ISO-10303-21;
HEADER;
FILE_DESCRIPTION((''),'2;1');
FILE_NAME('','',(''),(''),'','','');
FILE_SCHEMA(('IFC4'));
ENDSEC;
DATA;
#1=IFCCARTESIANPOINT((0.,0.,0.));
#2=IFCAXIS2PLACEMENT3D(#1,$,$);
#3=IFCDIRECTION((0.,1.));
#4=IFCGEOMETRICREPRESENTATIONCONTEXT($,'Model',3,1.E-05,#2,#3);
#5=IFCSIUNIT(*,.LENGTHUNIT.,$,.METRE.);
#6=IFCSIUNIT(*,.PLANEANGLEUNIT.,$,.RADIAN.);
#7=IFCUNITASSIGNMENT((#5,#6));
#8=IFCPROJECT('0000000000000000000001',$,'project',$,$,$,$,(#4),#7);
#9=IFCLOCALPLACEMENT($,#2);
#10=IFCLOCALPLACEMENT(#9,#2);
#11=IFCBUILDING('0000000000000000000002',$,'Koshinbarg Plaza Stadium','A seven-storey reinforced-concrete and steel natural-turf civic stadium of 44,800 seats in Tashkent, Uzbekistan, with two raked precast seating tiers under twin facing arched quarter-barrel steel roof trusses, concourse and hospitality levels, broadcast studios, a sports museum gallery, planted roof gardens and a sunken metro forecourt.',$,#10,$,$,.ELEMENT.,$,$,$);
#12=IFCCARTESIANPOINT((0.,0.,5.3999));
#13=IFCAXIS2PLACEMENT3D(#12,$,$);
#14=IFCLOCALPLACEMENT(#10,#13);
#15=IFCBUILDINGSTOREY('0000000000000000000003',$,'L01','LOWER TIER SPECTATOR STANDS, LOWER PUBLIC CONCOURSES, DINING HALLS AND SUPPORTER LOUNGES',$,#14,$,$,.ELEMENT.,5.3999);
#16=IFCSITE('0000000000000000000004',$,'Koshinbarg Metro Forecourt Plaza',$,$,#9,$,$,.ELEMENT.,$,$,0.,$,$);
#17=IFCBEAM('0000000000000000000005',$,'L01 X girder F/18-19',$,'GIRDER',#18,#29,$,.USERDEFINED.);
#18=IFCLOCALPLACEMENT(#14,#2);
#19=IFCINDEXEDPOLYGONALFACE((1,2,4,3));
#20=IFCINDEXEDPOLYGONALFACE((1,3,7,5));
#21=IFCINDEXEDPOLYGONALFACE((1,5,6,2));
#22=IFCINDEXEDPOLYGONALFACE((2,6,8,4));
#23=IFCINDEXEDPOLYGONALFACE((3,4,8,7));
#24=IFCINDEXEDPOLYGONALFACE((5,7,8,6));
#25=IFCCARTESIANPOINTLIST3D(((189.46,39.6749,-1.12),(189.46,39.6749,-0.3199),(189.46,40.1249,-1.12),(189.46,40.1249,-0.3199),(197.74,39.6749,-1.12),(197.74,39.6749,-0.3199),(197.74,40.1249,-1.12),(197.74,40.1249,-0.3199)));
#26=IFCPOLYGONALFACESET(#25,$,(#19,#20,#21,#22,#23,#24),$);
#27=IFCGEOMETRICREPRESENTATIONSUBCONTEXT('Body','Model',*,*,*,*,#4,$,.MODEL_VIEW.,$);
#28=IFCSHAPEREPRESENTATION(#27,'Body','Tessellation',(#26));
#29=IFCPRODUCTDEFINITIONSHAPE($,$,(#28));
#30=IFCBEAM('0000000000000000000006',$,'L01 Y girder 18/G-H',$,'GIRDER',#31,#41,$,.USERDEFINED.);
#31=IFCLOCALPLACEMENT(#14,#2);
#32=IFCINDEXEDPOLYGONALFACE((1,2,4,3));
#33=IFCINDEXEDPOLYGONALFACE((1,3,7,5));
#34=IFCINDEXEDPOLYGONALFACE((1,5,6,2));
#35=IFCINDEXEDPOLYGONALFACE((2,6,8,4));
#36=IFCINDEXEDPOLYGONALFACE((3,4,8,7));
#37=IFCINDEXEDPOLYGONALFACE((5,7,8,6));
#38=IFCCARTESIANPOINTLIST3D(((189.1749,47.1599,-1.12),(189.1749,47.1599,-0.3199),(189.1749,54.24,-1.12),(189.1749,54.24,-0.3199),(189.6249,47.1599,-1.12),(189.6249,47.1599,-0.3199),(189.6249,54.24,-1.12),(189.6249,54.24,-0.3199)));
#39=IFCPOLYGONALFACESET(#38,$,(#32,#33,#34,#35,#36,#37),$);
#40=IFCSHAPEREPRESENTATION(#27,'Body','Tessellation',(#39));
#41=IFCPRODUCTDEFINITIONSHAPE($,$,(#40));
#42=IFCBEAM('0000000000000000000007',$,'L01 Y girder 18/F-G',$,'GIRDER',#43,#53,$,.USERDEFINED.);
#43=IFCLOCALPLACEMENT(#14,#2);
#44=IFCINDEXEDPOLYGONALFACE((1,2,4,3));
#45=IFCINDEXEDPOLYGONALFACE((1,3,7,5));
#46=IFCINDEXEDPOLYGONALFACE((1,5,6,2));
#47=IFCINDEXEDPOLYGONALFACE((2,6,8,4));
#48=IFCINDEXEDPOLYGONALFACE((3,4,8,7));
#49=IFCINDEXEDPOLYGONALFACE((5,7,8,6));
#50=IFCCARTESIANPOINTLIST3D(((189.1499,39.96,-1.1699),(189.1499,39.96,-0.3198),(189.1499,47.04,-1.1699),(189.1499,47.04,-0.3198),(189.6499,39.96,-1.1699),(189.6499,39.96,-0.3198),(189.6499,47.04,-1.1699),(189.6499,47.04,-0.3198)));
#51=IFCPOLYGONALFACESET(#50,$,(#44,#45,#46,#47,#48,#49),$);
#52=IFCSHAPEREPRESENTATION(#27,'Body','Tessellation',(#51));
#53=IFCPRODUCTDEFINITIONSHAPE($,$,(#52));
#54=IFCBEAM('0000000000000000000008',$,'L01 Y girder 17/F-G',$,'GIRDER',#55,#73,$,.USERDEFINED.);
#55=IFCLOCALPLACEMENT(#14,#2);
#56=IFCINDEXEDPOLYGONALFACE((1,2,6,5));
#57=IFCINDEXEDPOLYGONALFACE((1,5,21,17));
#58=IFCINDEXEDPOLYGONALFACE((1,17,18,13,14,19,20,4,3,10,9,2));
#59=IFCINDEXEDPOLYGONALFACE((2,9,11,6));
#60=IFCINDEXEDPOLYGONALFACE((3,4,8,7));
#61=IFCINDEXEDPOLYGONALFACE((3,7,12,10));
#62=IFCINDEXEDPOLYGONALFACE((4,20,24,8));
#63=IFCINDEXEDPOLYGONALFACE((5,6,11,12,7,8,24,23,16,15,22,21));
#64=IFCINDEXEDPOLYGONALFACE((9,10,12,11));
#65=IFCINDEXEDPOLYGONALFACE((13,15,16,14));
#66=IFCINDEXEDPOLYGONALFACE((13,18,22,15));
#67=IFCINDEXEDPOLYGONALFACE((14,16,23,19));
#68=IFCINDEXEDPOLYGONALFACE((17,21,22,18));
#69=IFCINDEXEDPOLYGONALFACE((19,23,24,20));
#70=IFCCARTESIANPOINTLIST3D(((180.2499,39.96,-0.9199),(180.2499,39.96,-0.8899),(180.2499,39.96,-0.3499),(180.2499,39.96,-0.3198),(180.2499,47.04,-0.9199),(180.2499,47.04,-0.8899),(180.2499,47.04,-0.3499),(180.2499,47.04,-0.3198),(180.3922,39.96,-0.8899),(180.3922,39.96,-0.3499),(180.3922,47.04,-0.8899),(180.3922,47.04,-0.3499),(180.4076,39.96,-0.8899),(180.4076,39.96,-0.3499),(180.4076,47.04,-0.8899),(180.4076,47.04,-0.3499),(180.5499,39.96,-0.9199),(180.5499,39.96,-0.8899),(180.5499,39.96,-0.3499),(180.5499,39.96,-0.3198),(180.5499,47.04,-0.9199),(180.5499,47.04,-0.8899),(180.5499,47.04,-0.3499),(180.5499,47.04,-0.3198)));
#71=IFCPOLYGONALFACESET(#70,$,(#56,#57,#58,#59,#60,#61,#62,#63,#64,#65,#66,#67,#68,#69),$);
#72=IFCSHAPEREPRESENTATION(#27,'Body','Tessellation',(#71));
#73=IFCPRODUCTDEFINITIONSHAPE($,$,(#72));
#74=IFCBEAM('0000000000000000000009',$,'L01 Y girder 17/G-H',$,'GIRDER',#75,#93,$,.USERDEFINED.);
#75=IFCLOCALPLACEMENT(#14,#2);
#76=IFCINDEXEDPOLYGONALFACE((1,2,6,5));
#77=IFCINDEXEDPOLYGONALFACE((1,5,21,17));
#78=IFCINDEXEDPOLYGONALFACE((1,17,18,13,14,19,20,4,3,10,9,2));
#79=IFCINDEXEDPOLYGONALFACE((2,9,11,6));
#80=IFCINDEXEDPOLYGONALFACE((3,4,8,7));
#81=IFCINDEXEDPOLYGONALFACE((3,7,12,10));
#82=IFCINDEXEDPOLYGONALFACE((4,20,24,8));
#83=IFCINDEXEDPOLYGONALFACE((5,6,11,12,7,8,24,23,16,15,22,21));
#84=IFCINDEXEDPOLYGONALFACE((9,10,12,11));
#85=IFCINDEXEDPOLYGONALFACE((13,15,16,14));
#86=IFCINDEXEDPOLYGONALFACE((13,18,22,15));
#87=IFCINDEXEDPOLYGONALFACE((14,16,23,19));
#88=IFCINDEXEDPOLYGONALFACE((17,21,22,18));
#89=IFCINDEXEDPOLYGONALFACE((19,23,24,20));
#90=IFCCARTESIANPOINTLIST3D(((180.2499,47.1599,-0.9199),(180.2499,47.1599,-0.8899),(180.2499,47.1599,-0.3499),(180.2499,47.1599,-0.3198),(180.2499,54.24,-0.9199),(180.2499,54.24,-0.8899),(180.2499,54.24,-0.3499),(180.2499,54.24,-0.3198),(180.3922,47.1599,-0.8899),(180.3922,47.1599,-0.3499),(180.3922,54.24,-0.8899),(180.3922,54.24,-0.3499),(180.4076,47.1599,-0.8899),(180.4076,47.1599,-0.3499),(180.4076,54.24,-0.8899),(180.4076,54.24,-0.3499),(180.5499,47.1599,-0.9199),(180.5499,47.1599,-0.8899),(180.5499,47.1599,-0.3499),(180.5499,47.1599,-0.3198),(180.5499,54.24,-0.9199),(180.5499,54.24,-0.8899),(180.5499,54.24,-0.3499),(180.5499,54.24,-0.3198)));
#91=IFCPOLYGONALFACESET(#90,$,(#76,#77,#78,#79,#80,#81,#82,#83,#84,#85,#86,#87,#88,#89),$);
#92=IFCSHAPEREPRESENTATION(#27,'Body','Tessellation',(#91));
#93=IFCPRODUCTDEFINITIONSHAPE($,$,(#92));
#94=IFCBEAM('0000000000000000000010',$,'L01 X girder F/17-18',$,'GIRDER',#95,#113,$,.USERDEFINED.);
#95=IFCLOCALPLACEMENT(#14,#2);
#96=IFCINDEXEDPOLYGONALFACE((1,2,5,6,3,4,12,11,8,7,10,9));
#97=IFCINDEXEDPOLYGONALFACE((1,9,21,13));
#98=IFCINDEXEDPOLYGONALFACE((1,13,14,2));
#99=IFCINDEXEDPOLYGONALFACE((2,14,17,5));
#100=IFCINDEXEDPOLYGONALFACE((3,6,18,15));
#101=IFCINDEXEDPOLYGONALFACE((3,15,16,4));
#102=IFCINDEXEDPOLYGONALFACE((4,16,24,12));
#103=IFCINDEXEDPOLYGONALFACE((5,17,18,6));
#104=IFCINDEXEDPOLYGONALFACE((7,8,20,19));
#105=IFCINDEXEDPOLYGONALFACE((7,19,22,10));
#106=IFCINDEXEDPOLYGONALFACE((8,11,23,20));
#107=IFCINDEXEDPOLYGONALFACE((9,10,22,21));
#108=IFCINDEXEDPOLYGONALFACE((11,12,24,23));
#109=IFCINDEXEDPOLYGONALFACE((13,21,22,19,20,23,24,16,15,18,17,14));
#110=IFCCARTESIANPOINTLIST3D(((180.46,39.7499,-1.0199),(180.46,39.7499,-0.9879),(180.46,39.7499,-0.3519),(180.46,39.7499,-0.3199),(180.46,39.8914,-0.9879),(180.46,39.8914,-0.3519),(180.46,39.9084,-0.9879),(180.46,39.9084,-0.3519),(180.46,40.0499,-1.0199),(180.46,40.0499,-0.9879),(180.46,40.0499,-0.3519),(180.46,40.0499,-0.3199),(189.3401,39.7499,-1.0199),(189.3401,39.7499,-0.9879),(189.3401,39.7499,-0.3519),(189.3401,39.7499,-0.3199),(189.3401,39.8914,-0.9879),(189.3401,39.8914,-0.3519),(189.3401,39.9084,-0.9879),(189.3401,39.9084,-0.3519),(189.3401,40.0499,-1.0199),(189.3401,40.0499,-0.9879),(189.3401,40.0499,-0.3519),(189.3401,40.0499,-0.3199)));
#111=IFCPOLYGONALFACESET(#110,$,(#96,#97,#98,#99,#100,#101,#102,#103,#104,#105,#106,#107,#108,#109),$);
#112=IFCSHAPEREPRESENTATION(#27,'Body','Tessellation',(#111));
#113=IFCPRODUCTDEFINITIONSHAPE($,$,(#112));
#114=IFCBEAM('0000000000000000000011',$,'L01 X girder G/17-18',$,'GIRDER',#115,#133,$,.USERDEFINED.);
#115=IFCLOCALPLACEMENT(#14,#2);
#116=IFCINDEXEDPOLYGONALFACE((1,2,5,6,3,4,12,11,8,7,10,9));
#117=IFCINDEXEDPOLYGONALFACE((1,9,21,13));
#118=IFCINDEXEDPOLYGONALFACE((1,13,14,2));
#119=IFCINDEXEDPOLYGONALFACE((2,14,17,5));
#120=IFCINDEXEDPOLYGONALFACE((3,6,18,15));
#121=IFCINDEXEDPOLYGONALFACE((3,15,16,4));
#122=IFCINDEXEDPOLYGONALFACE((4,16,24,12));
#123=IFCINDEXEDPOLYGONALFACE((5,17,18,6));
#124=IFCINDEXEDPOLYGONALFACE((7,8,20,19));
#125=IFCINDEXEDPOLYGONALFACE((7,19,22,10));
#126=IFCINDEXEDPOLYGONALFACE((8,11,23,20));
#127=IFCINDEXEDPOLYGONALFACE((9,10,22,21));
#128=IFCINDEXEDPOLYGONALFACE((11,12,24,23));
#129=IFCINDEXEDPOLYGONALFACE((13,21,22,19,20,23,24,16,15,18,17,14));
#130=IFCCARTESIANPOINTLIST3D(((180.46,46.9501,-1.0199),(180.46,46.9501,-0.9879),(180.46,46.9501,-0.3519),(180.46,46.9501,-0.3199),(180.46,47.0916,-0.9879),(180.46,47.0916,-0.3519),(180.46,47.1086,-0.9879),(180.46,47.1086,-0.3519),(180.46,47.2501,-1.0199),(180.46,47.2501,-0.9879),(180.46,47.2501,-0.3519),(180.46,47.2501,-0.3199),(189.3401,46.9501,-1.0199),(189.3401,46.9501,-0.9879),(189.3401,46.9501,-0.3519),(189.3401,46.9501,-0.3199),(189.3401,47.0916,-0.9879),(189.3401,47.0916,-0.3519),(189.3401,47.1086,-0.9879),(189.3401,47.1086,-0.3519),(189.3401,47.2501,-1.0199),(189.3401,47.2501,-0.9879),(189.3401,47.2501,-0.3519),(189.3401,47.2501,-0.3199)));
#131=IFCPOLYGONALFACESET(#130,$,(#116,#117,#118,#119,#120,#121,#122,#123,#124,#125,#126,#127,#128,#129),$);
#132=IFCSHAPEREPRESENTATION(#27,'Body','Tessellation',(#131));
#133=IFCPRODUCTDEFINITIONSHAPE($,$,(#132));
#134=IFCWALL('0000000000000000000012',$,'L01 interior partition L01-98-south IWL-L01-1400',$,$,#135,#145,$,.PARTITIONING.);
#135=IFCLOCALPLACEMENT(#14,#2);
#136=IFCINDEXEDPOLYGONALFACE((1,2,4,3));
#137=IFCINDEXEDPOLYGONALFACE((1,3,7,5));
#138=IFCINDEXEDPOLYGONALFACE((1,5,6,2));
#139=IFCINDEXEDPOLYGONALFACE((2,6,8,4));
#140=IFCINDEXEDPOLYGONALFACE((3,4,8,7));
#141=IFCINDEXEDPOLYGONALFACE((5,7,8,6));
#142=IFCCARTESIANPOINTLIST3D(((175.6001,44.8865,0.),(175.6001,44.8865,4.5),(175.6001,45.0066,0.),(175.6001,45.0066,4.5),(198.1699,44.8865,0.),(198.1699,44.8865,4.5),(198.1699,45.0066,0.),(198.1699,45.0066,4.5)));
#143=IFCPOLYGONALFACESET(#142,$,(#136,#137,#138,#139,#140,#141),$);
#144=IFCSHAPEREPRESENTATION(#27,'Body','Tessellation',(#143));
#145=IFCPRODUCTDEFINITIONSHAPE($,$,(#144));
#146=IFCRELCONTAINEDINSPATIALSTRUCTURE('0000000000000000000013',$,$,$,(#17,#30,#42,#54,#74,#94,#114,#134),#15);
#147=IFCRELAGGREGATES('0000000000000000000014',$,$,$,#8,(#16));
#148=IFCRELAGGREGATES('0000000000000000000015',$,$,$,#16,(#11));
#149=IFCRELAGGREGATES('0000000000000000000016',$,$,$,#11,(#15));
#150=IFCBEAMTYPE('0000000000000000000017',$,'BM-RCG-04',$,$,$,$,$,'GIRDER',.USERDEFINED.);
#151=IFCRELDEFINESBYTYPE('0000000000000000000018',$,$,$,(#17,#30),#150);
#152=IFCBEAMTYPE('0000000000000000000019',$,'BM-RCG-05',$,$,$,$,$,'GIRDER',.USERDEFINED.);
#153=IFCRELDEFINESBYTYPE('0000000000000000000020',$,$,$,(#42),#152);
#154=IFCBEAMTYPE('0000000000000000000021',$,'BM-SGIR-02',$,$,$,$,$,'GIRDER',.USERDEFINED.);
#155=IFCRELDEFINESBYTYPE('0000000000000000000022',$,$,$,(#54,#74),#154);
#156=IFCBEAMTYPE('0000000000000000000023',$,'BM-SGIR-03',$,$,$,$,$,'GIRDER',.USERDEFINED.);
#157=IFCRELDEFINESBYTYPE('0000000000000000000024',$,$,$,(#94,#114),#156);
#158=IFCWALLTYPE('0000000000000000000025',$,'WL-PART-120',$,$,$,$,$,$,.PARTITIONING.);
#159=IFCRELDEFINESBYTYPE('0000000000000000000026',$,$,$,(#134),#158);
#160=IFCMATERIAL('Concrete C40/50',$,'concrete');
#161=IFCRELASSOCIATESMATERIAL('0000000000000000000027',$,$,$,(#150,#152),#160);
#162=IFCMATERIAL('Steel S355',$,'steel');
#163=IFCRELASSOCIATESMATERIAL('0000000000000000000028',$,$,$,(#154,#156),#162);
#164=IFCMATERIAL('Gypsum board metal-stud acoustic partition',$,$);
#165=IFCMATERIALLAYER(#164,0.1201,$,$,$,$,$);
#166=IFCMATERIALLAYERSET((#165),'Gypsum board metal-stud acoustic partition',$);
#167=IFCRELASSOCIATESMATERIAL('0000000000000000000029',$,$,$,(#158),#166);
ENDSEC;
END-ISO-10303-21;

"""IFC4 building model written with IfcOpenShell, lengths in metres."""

from ifc_helpers import new_model, si_unit, direction, frame, frame_2d, origin, origin_2d, place, context, subcontext, project, spatial, rectangle, i_section, extrude, material, layer, layer_set, material_profile, profile_set, type_object, element, save


model = new_model("IFC4")

# Units and contexts
model_context = context("Model", 3, precision=1e-05, world=origin(), true_north=direction((0.0, 1.0)))
body_context = subcontext(model_context, "Body", "Model", "MODEL_VIEW")
ifc_project = project(units=[si_unit("LENGTHUNIT", "METRE"), si_unit("PLANEANGLEUNIT", "RADIAN")], contexts=[model_context])

# Site, building, storey
site_placement = place(None, origin())
site = spatial("IfcSite", under=ifc_project, at=site_placement, Name="Koshinbarg Metro Forecourt Plaza", CompositionType="ELEMENT", RefElevation=0.0)
building_placement = place(site_placement, origin())
building = spatial("IfcBuilding", under=site, at=building_placement, Name="Koshinbarg Plaza Stadium", Description="A seven-storey reinforced-concrete and steel natural-turf civic stadium of 44,800 seats in Tashkent, Uzbekistan, with two raked precast seating tiers under twin facing arched quarter-barrel steel roof trusses, concourse and hospitality levels, broadcast studios, a sports museum gallery, planted roof gardens and a sunken metro forecourt.", CompositionType="ELEMENT")
storey_placement = place(building_placement, frame((0.0, 0.0, 5.3999)))
storey = spatial("IfcBuildingStorey", under=building, at=storey_placement, Name="L01", Description="LOWER TIER SPECTATOR STANDS, LOWER PUBLIC CONCOURSES, DINING HALLS AND SUPPORTER LOUNGES", CompositionType="ELEMENT", Elevation=5.3999)

# Shared definitions
ifc_material_1 = material(Name="Concrete C40/50", Category="concrete")

# Beams
ifc_material_profile_1 = material_profile(ifc_material_1, rectangle(XDim=0.45, YDim=0.8, at=origin_2d()), Name="RC 450x800")
ifc_profile_set_1 = profile_set([ifc_material_profile_1], Name="Concrete C40/50")
beam_type_1 = type_object("IfcBeamType", Name="BM-RCG-04", ElementType="GIRDER", PredefinedType="USERDEFINED", material=ifc_profile_set_1)
beam_1_placement = place(storey_placement, frame((189.46, 39.8999, -0.72), z_axis=(1.0, 0.0, 0.0), x_axis=(0.0, 1.0, 0.0)))
element("IfcBeam", 1, at=beam_1_placement, inside=storey, type_object=beam_type_1, Name="L01 X girder F/18-19", ObjectType="GIRDER", PredefinedType="USERDEFINED", context=body_context, shape_type="SweptSolid", body=[
    extrude(rectangle(XDim=0.45, YDim=0.8, at=origin_2d()), origin(), (0.0, 0.0, 1.0), 8.28),
])
beam_2_placement = place(storey_placement, frame((189.3999, 47.1599, -0.72), z_axis=(0.0, 1.0, 0.0), x_axis=(-1.0, 0.0, 0.0)))
element("IfcBeam", 2, at=beam_2_placement, inside=storey, type_object=beam_type_1, Name="L01 Y girder 18/G-H", ObjectType="GIRDER", PredefinedType="USERDEFINED", context=body_context, shape_type="SweptSolid", body=[
    extrude(rectangle(XDim=0.45, YDim=0.8, at=origin_2d()), origin(), (0.0, 0.0, 1.0), 7.0801),
])
ifc_material_profile_2 = material_profile(ifc_material_1, rectangle(XDim=0.5, YDim=0.8501, at=origin_2d()), Name="RC 500x850")
ifc_profile_set_2 = profile_set([ifc_material_profile_2], Name="Concrete C40/50")
beam_type_2 = type_object("IfcBeamType", Name="BM-RCG-05", ElementType="GIRDER", PredefinedType="USERDEFINED", material=ifc_profile_set_2)
beam_3_placement = place(storey_placement, frame((189.3999, 39.96, -0.7449), z_axis=(0.0, 1.0, 0.0), x_axis=(-1.0, 0.0, 0.0)))
element("IfcBeam", 3, at=beam_3_placement, inside=storey, type_object=beam_type_2, Name="L01 Y girder 18/F-G", ObjectType="GIRDER", PredefinedType="USERDEFINED", context=body_context, shape_type="SweptSolid", body=[
    extrude(rectangle(XDim=0.5, YDim=0.8501, at=origin_2d()), origin(), (0.0, 0.0, 1.0), 7.0801),
])
ifc_material_2 = material(Name="Steel S355", Category="steel")
ifc_material_profile_3 = material_profile(ifc_material_2, i_section(OverallWidth=0.3, OverallDepth=0.6001, WebThickness=0.0154, FlangeThickness=0.03, at=origin_2d()), Name="HEB 600")
ifc_profile_set_3 = profile_set([ifc_material_profile_3], Name="Steel S355")
beam_type_3 = type_object("IfcBeamType", Name="BM-SGIR-02", ElementType="GIRDER", PredefinedType="USERDEFINED", material=ifc_profile_set_3)
for number, where, z_axis, x_axis, name in (
    (4, (180.3999, 39.96, -0.6199), (0.0, 1.0, 0.0), (-1.0, 0.0, 0.0), "L01 Y girder 17/F-G"),
    (5, (180.3999, 47.1599, -0.6199), (0.0, 1.0, 0.0), (-1.0, 0.0, 0.0), "L01 Y girder 17/G-H"),
):
    element("IfcBeam", number, at=place(storey_placement, frame(where, z_axis=z_axis, x_axis=x_axis)), inside=storey, type_object=beam_type_3, Name=name, ObjectType="GIRDER", PredefinedType="USERDEFINED", context=body_context, shape_type="SweptSolid", body=[
        extrude(i_section(OverallWidth=0.3, OverallDepth=0.6001, WebThickness=0.0154, FlangeThickness=0.03, at=origin_2d()), origin(), (0.0, 0.0, 1.0), 7.0801),
    ])
ifc_material_profile_4 = material_profile(ifc_material_2, i_section(OverallWidth=0.3, OverallDepth=0.7, WebThickness=0.0171, FlangeThickness=0.032, at=origin_2d()), Name="HEB 700")
ifc_profile_set_4 = profile_set([ifc_material_profile_4], Name="Steel S355")
beam_type_4 = type_object("IfcBeamType", Name="BM-SGIR-03", ElementType="GIRDER", PredefinedType="USERDEFINED", material=ifc_profile_set_4)
for number, where, z_axis, x_axis, name in (
    (6, (180.46, 39.8999, -0.6699), (1.0, 0.0, 0.0), (0.0, 1.0, 0.0), "L01 X girder F/17-18"),
    (7, (180.46, 47.1001, -0.6699), (1.0, 0.0, 0.0), (0.0, 1.0, 0.0), "L01 X girder G/17-18"),
):
    element("IfcBeam", number, at=place(storey_placement, frame(where, z_axis=z_axis, x_axis=x_axis)), inside=storey, type_object=beam_type_4, Name=name, ObjectType="GIRDER", PredefinedType="USERDEFINED", context=body_context, shape_type="SweptSolid", body=[
        extrude(i_section(OverallWidth=0.3, OverallDepth=0.7, WebThickness=0.0171, FlangeThickness=0.032, at=origin_2d()), origin(), (0.0, 0.0, 1.0), 8.8801),
    ])

# Wall
ifc_material_3 = material(Name="Gypsum board metal-stud acoustic partition")
ifc_layer = layer(ifc_material_3, 0.1201)
ifc_layer_set = layer_set([ifc_layer], Name="Gypsum board metal-stud acoustic partition")
wall_type = type_object("IfcWallType", Name="WL-PART-120", PredefinedType="PARTITIONING", material=ifc_layer_set)
wall_placement = place(storey_placement, frame((175.6001, 44.9465, 0.0), z_axis=(0.0, 0.0, 1.0), x_axis=(1.0, 0.0, 0.0)))
element("IfcWall", 8, at=wall_placement, inside=storey, type_object=wall_type, Name="L01 interior partition L01-98-south IWL-L01-1400", PredefinedType="PARTITIONING", context=body_context, shape_type="SweptSolid", body=[
    extrude(rectangle(XDim=22.5698, YDim=0.1201, at=frame_2d((11.2849, 0.0))), origin(), (0.0, 0.0, 1.0), 4.5),
])

save(model, "model.ifc")
